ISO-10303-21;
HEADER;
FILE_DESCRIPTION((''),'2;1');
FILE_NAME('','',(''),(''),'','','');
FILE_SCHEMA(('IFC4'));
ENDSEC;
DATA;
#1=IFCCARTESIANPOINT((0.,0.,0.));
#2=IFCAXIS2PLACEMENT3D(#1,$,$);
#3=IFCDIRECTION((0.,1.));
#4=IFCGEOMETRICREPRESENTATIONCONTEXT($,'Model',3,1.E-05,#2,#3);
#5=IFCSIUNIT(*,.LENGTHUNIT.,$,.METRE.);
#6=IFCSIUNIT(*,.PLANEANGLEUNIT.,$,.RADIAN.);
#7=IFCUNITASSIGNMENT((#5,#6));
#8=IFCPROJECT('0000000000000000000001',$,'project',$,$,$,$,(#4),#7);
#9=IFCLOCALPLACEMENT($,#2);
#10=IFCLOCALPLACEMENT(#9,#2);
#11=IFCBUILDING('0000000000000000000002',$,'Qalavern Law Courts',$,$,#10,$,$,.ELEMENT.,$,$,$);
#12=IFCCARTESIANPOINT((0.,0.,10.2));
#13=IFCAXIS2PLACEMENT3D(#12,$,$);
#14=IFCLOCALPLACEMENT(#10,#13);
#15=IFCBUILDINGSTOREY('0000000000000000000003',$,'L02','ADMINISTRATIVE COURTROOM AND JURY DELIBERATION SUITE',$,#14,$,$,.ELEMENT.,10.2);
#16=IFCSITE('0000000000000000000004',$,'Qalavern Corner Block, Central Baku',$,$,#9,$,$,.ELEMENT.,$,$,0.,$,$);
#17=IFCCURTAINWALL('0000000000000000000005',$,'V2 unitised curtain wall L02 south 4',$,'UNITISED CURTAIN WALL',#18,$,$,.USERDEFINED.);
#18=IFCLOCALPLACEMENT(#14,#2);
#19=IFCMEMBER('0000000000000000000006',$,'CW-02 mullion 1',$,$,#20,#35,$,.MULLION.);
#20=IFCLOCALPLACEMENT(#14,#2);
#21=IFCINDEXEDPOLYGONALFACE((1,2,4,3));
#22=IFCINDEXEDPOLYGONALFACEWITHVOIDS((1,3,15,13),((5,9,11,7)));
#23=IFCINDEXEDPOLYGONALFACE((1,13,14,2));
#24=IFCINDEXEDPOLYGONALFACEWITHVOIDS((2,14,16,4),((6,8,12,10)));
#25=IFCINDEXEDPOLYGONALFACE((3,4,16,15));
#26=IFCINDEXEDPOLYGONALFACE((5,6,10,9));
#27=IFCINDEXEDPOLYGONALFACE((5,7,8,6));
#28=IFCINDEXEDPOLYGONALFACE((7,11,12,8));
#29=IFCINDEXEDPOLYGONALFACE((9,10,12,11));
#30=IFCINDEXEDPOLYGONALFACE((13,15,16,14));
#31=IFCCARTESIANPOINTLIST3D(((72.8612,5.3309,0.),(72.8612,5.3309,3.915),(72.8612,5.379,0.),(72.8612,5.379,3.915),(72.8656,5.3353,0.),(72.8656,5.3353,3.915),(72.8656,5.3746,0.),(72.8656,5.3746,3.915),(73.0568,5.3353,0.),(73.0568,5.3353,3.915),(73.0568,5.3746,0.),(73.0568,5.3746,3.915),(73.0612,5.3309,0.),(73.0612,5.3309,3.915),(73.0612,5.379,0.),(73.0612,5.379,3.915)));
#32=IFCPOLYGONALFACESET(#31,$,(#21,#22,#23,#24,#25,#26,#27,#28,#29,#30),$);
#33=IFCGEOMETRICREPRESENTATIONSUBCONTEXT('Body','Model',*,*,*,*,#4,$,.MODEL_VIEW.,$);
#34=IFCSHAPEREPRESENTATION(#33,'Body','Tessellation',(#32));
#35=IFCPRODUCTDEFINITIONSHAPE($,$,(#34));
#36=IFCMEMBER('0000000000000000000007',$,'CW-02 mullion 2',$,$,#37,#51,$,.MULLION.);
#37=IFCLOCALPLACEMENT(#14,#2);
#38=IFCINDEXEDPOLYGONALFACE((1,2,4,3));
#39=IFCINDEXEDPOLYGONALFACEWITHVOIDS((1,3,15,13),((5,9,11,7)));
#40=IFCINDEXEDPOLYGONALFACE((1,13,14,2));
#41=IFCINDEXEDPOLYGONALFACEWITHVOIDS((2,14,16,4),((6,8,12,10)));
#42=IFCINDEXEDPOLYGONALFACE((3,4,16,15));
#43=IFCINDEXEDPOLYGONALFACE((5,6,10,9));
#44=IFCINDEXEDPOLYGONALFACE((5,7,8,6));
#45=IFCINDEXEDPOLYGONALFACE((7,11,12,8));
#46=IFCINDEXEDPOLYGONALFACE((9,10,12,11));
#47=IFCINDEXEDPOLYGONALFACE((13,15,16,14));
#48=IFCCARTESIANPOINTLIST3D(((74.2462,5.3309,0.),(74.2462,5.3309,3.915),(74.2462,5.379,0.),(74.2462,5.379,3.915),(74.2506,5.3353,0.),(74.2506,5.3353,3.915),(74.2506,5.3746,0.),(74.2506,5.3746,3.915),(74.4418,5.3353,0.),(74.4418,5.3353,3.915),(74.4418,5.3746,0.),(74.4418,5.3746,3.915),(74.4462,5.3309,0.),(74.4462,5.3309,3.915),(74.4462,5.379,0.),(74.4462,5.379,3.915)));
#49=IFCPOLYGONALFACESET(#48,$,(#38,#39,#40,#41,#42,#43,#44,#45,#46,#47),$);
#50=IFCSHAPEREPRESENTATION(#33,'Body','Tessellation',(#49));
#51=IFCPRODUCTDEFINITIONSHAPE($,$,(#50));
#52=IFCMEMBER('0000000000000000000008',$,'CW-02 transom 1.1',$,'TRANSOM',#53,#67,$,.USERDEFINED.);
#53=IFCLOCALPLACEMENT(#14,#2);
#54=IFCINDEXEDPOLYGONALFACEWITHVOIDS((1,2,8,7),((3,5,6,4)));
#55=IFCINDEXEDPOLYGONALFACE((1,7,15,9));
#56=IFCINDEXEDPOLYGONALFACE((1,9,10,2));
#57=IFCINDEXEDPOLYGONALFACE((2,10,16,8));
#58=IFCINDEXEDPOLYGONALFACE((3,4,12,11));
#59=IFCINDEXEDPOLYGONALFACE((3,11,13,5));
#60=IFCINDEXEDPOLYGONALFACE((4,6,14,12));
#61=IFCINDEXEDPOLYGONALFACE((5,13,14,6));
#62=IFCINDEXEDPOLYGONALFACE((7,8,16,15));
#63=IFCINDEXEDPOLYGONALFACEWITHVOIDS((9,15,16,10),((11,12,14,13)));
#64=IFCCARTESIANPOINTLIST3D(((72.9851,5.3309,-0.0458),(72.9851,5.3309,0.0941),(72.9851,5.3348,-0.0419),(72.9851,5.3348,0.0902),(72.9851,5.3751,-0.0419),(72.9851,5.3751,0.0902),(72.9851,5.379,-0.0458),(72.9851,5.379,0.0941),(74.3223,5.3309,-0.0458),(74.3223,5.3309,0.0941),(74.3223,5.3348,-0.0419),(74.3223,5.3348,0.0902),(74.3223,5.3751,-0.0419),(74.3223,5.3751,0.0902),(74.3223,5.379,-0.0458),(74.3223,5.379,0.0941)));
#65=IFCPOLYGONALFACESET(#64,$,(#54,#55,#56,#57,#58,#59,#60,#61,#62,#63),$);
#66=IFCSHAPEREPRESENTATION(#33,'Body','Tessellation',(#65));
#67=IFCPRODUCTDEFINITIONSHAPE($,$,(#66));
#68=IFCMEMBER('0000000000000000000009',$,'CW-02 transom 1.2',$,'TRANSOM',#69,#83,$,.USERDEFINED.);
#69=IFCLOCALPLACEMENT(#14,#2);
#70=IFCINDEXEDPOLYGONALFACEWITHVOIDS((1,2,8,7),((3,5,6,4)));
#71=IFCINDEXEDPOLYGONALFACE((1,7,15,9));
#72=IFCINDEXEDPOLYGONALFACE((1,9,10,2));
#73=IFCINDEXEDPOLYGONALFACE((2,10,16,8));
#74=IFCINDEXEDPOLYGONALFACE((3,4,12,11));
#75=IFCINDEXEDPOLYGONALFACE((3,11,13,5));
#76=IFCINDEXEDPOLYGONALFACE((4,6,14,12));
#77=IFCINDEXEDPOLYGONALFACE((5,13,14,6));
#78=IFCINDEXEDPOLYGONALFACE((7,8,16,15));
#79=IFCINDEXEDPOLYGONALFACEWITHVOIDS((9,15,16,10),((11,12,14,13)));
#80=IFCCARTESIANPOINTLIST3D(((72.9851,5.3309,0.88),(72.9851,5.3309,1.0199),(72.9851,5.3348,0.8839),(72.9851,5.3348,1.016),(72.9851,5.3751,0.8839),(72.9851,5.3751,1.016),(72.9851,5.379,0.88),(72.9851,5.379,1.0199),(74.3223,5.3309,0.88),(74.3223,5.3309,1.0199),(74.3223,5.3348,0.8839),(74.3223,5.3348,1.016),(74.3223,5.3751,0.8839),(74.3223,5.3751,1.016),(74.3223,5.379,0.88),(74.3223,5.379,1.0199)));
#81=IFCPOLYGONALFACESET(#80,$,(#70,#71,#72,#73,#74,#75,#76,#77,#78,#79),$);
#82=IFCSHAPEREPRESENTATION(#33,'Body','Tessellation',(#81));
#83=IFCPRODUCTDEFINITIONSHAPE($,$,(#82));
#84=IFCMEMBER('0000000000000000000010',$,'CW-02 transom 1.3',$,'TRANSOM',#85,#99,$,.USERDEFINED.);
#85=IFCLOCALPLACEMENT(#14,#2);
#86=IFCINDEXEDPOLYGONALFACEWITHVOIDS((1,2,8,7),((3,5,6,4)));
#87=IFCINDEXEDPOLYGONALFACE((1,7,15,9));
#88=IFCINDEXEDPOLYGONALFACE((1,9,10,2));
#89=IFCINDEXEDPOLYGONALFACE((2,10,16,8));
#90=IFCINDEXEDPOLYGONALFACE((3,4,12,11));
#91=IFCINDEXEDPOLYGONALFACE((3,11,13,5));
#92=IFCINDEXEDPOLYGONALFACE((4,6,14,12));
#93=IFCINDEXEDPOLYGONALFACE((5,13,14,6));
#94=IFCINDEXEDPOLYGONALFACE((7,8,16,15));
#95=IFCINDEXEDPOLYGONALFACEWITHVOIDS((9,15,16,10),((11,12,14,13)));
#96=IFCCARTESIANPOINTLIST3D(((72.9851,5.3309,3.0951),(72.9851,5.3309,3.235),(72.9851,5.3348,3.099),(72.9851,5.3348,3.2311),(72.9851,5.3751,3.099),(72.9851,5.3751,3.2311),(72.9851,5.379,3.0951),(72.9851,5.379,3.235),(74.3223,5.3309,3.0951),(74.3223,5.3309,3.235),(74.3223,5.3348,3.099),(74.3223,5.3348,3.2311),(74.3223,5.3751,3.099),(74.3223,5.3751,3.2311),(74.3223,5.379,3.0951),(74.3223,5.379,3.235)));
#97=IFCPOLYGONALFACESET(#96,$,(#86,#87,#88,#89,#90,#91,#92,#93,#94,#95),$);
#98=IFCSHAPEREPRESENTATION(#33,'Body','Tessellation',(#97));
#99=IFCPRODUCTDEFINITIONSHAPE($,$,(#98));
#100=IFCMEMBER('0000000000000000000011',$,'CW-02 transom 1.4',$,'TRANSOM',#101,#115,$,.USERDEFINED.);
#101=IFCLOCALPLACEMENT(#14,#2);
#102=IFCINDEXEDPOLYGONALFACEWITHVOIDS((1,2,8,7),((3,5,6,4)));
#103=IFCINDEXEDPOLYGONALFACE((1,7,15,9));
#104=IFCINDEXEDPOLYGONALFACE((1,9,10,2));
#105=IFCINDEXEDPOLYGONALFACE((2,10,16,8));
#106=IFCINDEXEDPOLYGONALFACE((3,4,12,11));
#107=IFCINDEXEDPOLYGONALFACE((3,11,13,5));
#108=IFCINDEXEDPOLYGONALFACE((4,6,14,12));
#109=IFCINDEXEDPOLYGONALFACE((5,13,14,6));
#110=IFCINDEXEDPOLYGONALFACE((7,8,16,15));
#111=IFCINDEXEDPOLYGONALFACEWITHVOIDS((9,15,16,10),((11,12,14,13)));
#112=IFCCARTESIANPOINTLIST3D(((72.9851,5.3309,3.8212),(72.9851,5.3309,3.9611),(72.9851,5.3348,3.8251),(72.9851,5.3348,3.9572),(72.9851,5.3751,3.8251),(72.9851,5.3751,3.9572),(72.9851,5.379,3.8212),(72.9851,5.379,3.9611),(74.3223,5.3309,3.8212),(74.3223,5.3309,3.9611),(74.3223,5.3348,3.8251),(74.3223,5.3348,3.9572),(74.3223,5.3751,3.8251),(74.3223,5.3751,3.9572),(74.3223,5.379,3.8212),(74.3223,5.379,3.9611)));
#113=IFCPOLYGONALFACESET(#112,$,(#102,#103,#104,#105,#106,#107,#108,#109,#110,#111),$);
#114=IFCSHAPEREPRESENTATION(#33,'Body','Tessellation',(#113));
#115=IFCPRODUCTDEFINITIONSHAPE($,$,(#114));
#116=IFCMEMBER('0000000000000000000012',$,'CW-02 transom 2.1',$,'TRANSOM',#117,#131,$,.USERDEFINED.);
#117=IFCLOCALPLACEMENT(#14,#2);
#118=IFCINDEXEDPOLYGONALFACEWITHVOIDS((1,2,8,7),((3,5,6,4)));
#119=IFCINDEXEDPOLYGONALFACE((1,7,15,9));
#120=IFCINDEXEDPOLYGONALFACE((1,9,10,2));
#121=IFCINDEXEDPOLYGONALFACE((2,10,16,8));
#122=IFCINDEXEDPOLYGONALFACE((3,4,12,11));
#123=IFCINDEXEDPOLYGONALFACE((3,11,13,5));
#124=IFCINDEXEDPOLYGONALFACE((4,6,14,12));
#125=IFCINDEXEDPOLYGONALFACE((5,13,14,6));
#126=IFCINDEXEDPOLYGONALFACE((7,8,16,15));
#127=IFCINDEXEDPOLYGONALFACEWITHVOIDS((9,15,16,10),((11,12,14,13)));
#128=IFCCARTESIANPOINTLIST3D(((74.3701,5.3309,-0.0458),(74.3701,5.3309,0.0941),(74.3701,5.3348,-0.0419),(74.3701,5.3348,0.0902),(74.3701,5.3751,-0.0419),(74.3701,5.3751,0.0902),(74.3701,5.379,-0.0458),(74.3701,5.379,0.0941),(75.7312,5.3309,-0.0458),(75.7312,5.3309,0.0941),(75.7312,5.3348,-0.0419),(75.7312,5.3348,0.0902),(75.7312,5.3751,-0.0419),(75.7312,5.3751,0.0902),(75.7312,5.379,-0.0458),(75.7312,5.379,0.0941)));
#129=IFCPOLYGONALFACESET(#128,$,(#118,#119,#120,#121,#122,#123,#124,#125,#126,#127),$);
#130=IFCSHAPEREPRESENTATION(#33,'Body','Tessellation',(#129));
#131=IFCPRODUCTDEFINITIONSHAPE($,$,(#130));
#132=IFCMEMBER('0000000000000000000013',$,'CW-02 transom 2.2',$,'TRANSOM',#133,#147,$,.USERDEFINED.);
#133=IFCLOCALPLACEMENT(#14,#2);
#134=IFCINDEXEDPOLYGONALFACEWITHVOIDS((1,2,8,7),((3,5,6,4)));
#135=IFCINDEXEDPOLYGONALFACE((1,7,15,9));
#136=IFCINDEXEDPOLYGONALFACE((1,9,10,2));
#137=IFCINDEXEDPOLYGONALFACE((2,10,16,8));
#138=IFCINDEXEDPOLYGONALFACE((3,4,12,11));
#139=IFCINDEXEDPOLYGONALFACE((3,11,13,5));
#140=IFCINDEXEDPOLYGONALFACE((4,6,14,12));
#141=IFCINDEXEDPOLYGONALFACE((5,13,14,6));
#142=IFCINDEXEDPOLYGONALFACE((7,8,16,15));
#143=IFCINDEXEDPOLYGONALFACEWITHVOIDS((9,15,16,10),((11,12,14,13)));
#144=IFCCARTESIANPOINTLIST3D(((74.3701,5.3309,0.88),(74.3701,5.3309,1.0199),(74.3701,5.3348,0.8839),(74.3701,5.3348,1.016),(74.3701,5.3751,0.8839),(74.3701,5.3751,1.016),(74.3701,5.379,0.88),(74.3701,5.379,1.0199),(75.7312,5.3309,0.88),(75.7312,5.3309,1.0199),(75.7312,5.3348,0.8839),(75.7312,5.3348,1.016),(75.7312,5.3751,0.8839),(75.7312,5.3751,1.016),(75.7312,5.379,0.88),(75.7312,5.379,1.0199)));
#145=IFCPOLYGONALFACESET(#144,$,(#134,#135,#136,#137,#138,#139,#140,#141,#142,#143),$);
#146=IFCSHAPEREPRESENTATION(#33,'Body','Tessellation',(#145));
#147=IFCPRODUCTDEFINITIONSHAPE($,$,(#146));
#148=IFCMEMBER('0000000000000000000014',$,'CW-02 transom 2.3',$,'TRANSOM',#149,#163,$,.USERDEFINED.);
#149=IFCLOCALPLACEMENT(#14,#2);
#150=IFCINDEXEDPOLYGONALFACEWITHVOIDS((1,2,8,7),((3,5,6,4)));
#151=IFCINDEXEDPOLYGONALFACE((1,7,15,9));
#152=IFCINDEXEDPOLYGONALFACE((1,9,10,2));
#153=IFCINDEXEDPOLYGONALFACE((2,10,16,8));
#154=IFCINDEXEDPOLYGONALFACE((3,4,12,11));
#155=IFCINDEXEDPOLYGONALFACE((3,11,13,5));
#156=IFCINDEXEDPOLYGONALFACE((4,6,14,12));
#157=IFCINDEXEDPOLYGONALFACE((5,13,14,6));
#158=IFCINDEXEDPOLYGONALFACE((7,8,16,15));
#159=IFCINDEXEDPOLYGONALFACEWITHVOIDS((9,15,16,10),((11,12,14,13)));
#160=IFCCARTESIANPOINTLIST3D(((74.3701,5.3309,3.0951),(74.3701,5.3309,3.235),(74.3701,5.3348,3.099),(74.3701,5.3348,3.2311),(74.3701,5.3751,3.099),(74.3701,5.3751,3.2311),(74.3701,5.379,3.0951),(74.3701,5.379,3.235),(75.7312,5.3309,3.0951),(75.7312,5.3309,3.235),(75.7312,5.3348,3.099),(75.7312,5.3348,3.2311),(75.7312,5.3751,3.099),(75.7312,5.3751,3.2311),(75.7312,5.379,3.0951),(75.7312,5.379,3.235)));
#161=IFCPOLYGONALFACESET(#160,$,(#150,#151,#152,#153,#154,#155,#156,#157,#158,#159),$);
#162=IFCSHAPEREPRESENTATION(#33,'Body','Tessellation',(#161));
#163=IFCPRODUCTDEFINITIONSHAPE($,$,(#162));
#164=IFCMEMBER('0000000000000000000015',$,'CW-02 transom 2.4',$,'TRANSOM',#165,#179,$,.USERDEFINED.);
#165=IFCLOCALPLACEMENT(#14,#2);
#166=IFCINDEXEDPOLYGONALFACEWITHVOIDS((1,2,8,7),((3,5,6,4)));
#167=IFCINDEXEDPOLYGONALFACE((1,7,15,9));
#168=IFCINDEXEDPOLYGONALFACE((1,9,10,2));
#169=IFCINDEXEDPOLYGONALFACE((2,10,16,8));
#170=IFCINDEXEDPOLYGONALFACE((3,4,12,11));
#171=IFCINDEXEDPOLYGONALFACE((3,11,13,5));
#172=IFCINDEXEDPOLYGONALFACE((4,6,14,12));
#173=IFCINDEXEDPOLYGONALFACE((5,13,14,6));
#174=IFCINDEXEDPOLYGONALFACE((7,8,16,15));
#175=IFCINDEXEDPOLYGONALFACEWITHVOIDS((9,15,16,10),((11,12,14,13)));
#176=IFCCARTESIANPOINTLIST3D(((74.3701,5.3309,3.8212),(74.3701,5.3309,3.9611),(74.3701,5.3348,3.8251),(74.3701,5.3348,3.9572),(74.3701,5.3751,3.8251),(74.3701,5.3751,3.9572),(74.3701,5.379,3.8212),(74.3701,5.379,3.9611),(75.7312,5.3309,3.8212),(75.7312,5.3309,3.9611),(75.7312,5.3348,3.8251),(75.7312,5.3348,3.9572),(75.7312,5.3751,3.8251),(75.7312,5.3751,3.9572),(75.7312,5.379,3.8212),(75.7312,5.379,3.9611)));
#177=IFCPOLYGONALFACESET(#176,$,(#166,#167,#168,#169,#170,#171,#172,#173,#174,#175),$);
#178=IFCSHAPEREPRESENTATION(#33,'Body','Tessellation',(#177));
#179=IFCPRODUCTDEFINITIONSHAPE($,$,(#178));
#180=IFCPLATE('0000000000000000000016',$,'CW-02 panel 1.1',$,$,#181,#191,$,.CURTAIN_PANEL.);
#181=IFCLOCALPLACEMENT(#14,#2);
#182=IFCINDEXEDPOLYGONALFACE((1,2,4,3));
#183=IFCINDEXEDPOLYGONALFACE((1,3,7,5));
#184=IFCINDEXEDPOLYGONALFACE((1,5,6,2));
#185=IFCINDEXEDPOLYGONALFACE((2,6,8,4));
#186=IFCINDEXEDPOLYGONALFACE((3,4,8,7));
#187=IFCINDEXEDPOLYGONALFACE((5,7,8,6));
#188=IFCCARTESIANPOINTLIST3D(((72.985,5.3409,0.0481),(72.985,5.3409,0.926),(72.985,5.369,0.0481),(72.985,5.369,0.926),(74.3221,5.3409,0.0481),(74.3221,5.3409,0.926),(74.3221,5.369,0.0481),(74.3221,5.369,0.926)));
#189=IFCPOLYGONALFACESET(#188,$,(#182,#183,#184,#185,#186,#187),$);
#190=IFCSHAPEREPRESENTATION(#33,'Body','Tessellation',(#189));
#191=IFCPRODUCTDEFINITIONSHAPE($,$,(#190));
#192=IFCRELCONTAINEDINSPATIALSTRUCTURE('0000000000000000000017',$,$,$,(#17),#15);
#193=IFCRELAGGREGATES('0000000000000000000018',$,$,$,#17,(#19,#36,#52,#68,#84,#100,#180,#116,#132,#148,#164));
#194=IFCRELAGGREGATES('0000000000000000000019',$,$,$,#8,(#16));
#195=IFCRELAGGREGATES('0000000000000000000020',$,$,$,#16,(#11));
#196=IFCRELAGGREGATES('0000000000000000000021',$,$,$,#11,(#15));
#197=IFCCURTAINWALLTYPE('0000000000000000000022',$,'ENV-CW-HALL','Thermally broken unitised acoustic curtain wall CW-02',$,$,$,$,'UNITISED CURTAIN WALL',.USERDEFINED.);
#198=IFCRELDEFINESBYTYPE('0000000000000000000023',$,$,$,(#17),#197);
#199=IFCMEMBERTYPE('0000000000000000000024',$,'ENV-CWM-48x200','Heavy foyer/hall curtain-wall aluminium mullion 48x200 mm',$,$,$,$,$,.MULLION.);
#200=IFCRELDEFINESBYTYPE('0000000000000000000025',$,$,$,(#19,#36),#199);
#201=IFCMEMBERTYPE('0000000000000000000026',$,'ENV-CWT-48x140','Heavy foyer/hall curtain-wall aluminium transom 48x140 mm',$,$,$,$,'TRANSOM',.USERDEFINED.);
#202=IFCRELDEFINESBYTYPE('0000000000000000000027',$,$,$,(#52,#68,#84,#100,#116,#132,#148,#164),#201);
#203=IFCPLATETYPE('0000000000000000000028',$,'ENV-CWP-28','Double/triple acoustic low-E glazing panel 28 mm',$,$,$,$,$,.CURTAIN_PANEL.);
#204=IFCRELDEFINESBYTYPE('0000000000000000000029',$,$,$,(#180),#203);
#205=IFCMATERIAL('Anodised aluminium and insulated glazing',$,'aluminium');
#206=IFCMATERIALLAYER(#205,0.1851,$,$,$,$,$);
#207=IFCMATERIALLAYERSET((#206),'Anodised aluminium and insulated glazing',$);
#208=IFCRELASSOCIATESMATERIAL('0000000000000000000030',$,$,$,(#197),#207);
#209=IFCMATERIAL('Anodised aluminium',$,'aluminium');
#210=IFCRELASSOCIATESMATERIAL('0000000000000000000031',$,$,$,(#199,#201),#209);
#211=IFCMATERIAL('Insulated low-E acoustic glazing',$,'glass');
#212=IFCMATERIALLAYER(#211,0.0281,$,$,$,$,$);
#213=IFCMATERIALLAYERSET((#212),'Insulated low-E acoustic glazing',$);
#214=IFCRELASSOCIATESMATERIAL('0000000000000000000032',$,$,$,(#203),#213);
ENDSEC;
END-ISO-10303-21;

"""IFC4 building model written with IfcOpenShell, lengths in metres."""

from ifc_helpers import new_model, si_unit, direction, frame, origin, origin_2d, place, context, subcontext, project, spatial, rectangle, hollow_rectangle, extrude, material, layer, layer_set, material_profile, profile_set, type_object, element, aggregate, save


model = new_model("IFC4")

# Units and contexts
model_context = context("Model", 3, precision=1e-05, world=origin(), true_north=direction((0.0, 1.0)))
body_context = subcontext(model_context, "Body", "Model", "MODEL_VIEW")
ifc_project = project(units=[si_unit("LENGTHUNIT", "METRE"), si_unit("PLANEANGLEUNIT", "RADIAN")], contexts=[model_context])

# Site, building, storey
site_placement = place(None, origin())
site = spatial("IfcSite", under=ifc_project, at=site_placement, Name="Qalavern Corner Block, Central Baku", CompositionType="ELEMENT", RefElevation=0.0)
building_placement = place(site_placement, origin())
building = spatial("IfcBuilding", under=site, at=building_placement, Name="Qalavern Law Courts", CompositionType="ELEMENT")
storey_placement = place(building_placement, frame((0.0, 0.0, 10.2)))
storey = spatial("IfcBuildingStorey", under=building, at=storey_placement, Name="L02", Description="ADMINISTRATIVE COURTROOM AND JURY DELIBERATION SUITE", CompositionType="ELEMENT", Elevation=10.2)

# Curtain wall, members, plate
ifc_material_1 = material(Name="Anodised aluminium and insulated glazing", Category="aluminium")
ifc_layer_1 = layer(ifc_material_1, 0.1851)
ifc_layer_set_1 = layer_set([ifc_layer_1], Name="Anodised aluminium and insulated glazing")
curtain_wall_type = type_object("IfcCurtainWallType", Name="ENV-CW-HALL", Description="Thermally broken unitised acoustic curtain wall CW-02", ElementType="UNITISED CURTAIN WALL", PredefinedType="USERDEFINED", material=ifc_layer_set_1)
curtain_wall_placement = place(storey_placement, origin())
curtain_wall = element("IfcCurtainWall", 1, at=curtain_wall_placement, inside=storey, type_object=curtain_wall_type, Name="V2 unitised curtain wall L02 south 4", ObjectType="UNITISED CURTAIN WALL", PredefinedType="USERDEFINED")
ifc_material_2 = material(Name="Anodised aluminium", Category="aluminium")
ifc_material_profile_1 = material_profile(ifc_material_2, hollow_rectangle(XDim=0.0481, YDim=0.2, WallThickness=0.0044, at=origin_2d()), Name="ALU MULLION 48x200")
ifc_profile_set_1 = profile_set([ifc_material_profile_1], Name="Anodised aluminium")
member_type_1 = type_object("IfcMemberType", Name="ENV-CWM-48x200", Description="Heavy foyer/hall curtain-wall aluminium mullion 48x200 mm", PredefinedType="MULLION", material=ifc_profile_set_1)
member_1_placement = place(storey_placement, frame((72.9612, 5.355, 0.0), z_axis=(0.0, 0.0, 1.0), x_axis=(0.0, 1.0, 0.0)))
member_1 = element("IfcMember", 2, at=member_1_placement, type_object=member_type_1, Name="CW-02 mullion 1", PredefinedType="MULLION", context=body_context, shape_type="SweptSolid", body=[
    extrude(hollow_rectangle(XDim=0.0481, YDim=0.2, WallThickness=0.0044, at=origin_2d()), origin(), (0.0, 0.0, 1.0), 3.915),
])
member_2_placement = place(storey_placement, frame((74.3462, 5.355, 0.0), z_axis=(0.0, 0.0, 1.0), x_axis=(0.0, 1.0, 0.0)))
member_2 = element("IfcMember", 3, at=member_2_placement, type_object=member_type_1, Name="CW-02 mullion 2", PredefinedType="MULLION", context=body_context, shape_type="SweptSolid", body=[
    extrude(hollow_rectangle(XDim=0.0481, YDim=0.2, WallThickness=0.0044, at=origin_2d()), origin(), (0.0, 0.0, 1.0), 3.915),
])
ifc_material_profile_2 = material_profile(ifc_material_2, hollow_rectangle(XDim=0.0481, YDim=0.1399, WallThickness=0.0039, at=origin_2d()), Name="ALU TRANSOM 48x140")
ifc_profile_set_2 = profile_set([ifc_material_profile_2], Name="Anodised aluminium")
member_type_2 = type_object("IfcMemberType", Name="ENV-CWT-48x140", Description="Heavy foyer/hall curtain-wall aluminium transom 48x140 mm", ElementType="TRANSOM", PredefinedType="USERDEFINED", material=ifc_profile_set_2)
member_3_placement = place(storey_placement, frame((72.9851, 5.355, 0.0242), z_axis=(1.0, 0.0, 0.0), x_axis=(0.0, 1.0, 0.0)))
member_3 = element("IfcMember", 4, at=member_3_placement, type_object=member_type_2, Name="CW-02 transom 1.1", ObjectType="TRANSOM", PredefinedType="USERDEFINED", context=body_context, shape_type="SweptSolid", body=[
    extrude(hollow_rectangle(XDim=0.0481, YDim=0.1399, WallThickness=0.0039, at=origin_2d()), origin(), (0.0, 0.0, 1.0), 1.3372),
])
member_4_placement = place(storey_placement, frame((72.9851, 5.355, 0.95), z_axis=(1.0, 0.0, 0.0), x_axis=(0.0, 1.0, 0.0)))
member_4 = element("IfcMember", 5, at=member_4_placement, type_object=member_type_2, Name="CW-02 transom 1.2", ObjectType="TRANSOM", PredefinedType="USERDEFINED", context=body_context, shape_type="SweptSolid", body=[
    extrude(hollow_rectangle(XDim=0.0481, YDim=0.1399, WallThickness=0.0039, at=origin_2d()), origin(), (0.0, 0.0, 1.0), 1.3372),
])
member_5_placement = place(storey_placement, frame((72.9851, 5.355, 3.165), z_axis=(1.0, 0.0, 0.0), x_axis=(0.0, 1.0, 0.0)))
member_5 = element("IfcMember", 6, at=member_5_placement, type_object=member_type_2, Name="CW-02 transom 1.3", ObjectType="TRANSOM", PredefinedType="USERDEFINED", context=body_context, shape_type="SweptSolid", body=[
    extrude(hollow_rectangle(XDim=0.0481, YDim=0.1399, WallThickness=0.0039, at=origin_2d()), origin(), (0.0, 0.0, 1.0), 1.3372),
])
member_6_placement = place(storey_placement, frame((72.9851, 5.355, 3.8911), z_axis=(1.0, 0.0, 0.0), x_axis=(0.0, 1.0, 0.0)))
member_6 = element("IfcMember", 7, at=member_6_placement, type_object=member_type_2, Name="CW-02 transom 1.4", ObjectType="TRANSOM", PredefinedType="USERDEFINED", context=body_context, shape_type="SweptSolid", body=[
    extrude(hollow_rectangle(XDim=0.0481, YDim=0.1399, WallThickness=0.0039, at=origin_2d()), origin(), (0.0, 0.0, 1.0), 1.3372),
])
member_7_placement = place(storey_placement, frame((74.3701, 5.355, 0.0242), z_axis=(1.0, 0.0, 0.0), x_axis=(0.0, 1.0, 0.0)))
member_7 = element("IfcMember", 8, at=member_7_placement, type_object=member_type_2, Name="CW-02 transom 2.1", ObjectType="TRANSOM", PredefinedType="USERDEFINED", context=body_context, shape_type="SweptSolid", body=[
    extrude(hollow_rectangle(XDim=0.0481, YDim=0.1399, WallThickness=0.0039, at=origin_2d()), origin(), (0.0, 0.0, 1.0), 1.3611),
])
member_8_placement = place(storey_placement, frame((74.3701, 5.355, 0.95), z_axis=(1.0, 0.0, 0.0), x_axis=(0.0, 1.0, 0.0)))
member_8 = element("IfcMember", 9, at=member_8_placement, type_object=member_type_2, Name="CW-02 transom 2.2", ObjectType="TRANSOM", PredefinedType="USERDEFINED", context=body_context, shape_type="SweptSolid", body=[
    extrude(hollow_rectangle(XDim=0.0481, YDim=0.1399, WallThickness=0.0039, at=origin_2d()), origin(), (0.0, 0.0, 1.0), 1.3611),
])
member_9_placement = place(storey_placement, frame((74.3701, 5.355, 3.165), z_axis=(1.0, 0.0, 0.0), x_axis=(0.0, 1.0, 0.0)))
member_9 = element("IfcMember", 10, at=member_9_placement, type_object=member_type_2, Name="CW-02 transom 2.3", ObjectType="TRANSOM", PredefinedType="USERDEFINED", context=body_context, shape_type="SweptSolid", body=[
    extrude(hollow_rectangle(XDim=0.0481, YDim=0.1399, WallThickness=0.0039, at=origin_2d()), origin(), (0.0, 0.0, 1.0), 1.3611),
])
member_10_placement = place(storey_placement, frame((74.3701, 5.355, 3.8911), z_axis=(1.0, 0.0, 0.0), x_axis=(0.0, 1.0, 0.0)))
member_10 = element("IfcMember", 11, at=member_10_placement, type_object=member_type_2, Name="CW-02 transom 2.4", ObjectType="TRANSOM", PredefinedType="USERDEFINED", context=body_context, shape_type="SweptSolid", body=[
    extrude(hollow_rectangle(XDim=0.0481, YDim=0.1399, WallThickness=0.0039, at=origin_2d()), origin(), (0.0, 0.0, 1.0), 1.3611),
])
ifc_material_3 = material(Name="Insulated low-E acoustic glazing", Category="glass")
ifc_layer_2 = layer(ifc_material_3, 0.0281)
ifc_layer_set_2 = layer_set([ifc_layer_2], Name="Insulated low-E acoustic glazing")
plate_type = type_object("IfcPlateType", Name="ENV-CWP-28", Description="Double/triple acoustic low-E glazing panel 28 mm", PredefinedType="CURTAIN_PANEL", material=ifc_layer_set_2)
plate_1_placement = place(storey_placement, frame((73.6536, 5.355, 0.0481), z_axis=(0.0, 0.0, 1.0), x_axis=(1.0, 0.0, 0.0)))
plate_1 = element("IfcPlate", 12, at=plate_1_placement, type_object=plate_type, Name="CW-02 panel 1.1", PredefinedType="CURTAIN_PANEL", context=body_context, shape_type="SweptSolid", body=[
    extrude(rectangle(XDim=1.3372, YDim=0.0281, at=origin_2d()), origin(), (0.0, 0.0, 1.0), 0.8779),
])
aggregate(curtain_wall, [member_1, member_2, member_3, member_4, member_5, member_6, plate_1, member_7, member_8, member_9, member_10])

save(model, "model.ifc")
